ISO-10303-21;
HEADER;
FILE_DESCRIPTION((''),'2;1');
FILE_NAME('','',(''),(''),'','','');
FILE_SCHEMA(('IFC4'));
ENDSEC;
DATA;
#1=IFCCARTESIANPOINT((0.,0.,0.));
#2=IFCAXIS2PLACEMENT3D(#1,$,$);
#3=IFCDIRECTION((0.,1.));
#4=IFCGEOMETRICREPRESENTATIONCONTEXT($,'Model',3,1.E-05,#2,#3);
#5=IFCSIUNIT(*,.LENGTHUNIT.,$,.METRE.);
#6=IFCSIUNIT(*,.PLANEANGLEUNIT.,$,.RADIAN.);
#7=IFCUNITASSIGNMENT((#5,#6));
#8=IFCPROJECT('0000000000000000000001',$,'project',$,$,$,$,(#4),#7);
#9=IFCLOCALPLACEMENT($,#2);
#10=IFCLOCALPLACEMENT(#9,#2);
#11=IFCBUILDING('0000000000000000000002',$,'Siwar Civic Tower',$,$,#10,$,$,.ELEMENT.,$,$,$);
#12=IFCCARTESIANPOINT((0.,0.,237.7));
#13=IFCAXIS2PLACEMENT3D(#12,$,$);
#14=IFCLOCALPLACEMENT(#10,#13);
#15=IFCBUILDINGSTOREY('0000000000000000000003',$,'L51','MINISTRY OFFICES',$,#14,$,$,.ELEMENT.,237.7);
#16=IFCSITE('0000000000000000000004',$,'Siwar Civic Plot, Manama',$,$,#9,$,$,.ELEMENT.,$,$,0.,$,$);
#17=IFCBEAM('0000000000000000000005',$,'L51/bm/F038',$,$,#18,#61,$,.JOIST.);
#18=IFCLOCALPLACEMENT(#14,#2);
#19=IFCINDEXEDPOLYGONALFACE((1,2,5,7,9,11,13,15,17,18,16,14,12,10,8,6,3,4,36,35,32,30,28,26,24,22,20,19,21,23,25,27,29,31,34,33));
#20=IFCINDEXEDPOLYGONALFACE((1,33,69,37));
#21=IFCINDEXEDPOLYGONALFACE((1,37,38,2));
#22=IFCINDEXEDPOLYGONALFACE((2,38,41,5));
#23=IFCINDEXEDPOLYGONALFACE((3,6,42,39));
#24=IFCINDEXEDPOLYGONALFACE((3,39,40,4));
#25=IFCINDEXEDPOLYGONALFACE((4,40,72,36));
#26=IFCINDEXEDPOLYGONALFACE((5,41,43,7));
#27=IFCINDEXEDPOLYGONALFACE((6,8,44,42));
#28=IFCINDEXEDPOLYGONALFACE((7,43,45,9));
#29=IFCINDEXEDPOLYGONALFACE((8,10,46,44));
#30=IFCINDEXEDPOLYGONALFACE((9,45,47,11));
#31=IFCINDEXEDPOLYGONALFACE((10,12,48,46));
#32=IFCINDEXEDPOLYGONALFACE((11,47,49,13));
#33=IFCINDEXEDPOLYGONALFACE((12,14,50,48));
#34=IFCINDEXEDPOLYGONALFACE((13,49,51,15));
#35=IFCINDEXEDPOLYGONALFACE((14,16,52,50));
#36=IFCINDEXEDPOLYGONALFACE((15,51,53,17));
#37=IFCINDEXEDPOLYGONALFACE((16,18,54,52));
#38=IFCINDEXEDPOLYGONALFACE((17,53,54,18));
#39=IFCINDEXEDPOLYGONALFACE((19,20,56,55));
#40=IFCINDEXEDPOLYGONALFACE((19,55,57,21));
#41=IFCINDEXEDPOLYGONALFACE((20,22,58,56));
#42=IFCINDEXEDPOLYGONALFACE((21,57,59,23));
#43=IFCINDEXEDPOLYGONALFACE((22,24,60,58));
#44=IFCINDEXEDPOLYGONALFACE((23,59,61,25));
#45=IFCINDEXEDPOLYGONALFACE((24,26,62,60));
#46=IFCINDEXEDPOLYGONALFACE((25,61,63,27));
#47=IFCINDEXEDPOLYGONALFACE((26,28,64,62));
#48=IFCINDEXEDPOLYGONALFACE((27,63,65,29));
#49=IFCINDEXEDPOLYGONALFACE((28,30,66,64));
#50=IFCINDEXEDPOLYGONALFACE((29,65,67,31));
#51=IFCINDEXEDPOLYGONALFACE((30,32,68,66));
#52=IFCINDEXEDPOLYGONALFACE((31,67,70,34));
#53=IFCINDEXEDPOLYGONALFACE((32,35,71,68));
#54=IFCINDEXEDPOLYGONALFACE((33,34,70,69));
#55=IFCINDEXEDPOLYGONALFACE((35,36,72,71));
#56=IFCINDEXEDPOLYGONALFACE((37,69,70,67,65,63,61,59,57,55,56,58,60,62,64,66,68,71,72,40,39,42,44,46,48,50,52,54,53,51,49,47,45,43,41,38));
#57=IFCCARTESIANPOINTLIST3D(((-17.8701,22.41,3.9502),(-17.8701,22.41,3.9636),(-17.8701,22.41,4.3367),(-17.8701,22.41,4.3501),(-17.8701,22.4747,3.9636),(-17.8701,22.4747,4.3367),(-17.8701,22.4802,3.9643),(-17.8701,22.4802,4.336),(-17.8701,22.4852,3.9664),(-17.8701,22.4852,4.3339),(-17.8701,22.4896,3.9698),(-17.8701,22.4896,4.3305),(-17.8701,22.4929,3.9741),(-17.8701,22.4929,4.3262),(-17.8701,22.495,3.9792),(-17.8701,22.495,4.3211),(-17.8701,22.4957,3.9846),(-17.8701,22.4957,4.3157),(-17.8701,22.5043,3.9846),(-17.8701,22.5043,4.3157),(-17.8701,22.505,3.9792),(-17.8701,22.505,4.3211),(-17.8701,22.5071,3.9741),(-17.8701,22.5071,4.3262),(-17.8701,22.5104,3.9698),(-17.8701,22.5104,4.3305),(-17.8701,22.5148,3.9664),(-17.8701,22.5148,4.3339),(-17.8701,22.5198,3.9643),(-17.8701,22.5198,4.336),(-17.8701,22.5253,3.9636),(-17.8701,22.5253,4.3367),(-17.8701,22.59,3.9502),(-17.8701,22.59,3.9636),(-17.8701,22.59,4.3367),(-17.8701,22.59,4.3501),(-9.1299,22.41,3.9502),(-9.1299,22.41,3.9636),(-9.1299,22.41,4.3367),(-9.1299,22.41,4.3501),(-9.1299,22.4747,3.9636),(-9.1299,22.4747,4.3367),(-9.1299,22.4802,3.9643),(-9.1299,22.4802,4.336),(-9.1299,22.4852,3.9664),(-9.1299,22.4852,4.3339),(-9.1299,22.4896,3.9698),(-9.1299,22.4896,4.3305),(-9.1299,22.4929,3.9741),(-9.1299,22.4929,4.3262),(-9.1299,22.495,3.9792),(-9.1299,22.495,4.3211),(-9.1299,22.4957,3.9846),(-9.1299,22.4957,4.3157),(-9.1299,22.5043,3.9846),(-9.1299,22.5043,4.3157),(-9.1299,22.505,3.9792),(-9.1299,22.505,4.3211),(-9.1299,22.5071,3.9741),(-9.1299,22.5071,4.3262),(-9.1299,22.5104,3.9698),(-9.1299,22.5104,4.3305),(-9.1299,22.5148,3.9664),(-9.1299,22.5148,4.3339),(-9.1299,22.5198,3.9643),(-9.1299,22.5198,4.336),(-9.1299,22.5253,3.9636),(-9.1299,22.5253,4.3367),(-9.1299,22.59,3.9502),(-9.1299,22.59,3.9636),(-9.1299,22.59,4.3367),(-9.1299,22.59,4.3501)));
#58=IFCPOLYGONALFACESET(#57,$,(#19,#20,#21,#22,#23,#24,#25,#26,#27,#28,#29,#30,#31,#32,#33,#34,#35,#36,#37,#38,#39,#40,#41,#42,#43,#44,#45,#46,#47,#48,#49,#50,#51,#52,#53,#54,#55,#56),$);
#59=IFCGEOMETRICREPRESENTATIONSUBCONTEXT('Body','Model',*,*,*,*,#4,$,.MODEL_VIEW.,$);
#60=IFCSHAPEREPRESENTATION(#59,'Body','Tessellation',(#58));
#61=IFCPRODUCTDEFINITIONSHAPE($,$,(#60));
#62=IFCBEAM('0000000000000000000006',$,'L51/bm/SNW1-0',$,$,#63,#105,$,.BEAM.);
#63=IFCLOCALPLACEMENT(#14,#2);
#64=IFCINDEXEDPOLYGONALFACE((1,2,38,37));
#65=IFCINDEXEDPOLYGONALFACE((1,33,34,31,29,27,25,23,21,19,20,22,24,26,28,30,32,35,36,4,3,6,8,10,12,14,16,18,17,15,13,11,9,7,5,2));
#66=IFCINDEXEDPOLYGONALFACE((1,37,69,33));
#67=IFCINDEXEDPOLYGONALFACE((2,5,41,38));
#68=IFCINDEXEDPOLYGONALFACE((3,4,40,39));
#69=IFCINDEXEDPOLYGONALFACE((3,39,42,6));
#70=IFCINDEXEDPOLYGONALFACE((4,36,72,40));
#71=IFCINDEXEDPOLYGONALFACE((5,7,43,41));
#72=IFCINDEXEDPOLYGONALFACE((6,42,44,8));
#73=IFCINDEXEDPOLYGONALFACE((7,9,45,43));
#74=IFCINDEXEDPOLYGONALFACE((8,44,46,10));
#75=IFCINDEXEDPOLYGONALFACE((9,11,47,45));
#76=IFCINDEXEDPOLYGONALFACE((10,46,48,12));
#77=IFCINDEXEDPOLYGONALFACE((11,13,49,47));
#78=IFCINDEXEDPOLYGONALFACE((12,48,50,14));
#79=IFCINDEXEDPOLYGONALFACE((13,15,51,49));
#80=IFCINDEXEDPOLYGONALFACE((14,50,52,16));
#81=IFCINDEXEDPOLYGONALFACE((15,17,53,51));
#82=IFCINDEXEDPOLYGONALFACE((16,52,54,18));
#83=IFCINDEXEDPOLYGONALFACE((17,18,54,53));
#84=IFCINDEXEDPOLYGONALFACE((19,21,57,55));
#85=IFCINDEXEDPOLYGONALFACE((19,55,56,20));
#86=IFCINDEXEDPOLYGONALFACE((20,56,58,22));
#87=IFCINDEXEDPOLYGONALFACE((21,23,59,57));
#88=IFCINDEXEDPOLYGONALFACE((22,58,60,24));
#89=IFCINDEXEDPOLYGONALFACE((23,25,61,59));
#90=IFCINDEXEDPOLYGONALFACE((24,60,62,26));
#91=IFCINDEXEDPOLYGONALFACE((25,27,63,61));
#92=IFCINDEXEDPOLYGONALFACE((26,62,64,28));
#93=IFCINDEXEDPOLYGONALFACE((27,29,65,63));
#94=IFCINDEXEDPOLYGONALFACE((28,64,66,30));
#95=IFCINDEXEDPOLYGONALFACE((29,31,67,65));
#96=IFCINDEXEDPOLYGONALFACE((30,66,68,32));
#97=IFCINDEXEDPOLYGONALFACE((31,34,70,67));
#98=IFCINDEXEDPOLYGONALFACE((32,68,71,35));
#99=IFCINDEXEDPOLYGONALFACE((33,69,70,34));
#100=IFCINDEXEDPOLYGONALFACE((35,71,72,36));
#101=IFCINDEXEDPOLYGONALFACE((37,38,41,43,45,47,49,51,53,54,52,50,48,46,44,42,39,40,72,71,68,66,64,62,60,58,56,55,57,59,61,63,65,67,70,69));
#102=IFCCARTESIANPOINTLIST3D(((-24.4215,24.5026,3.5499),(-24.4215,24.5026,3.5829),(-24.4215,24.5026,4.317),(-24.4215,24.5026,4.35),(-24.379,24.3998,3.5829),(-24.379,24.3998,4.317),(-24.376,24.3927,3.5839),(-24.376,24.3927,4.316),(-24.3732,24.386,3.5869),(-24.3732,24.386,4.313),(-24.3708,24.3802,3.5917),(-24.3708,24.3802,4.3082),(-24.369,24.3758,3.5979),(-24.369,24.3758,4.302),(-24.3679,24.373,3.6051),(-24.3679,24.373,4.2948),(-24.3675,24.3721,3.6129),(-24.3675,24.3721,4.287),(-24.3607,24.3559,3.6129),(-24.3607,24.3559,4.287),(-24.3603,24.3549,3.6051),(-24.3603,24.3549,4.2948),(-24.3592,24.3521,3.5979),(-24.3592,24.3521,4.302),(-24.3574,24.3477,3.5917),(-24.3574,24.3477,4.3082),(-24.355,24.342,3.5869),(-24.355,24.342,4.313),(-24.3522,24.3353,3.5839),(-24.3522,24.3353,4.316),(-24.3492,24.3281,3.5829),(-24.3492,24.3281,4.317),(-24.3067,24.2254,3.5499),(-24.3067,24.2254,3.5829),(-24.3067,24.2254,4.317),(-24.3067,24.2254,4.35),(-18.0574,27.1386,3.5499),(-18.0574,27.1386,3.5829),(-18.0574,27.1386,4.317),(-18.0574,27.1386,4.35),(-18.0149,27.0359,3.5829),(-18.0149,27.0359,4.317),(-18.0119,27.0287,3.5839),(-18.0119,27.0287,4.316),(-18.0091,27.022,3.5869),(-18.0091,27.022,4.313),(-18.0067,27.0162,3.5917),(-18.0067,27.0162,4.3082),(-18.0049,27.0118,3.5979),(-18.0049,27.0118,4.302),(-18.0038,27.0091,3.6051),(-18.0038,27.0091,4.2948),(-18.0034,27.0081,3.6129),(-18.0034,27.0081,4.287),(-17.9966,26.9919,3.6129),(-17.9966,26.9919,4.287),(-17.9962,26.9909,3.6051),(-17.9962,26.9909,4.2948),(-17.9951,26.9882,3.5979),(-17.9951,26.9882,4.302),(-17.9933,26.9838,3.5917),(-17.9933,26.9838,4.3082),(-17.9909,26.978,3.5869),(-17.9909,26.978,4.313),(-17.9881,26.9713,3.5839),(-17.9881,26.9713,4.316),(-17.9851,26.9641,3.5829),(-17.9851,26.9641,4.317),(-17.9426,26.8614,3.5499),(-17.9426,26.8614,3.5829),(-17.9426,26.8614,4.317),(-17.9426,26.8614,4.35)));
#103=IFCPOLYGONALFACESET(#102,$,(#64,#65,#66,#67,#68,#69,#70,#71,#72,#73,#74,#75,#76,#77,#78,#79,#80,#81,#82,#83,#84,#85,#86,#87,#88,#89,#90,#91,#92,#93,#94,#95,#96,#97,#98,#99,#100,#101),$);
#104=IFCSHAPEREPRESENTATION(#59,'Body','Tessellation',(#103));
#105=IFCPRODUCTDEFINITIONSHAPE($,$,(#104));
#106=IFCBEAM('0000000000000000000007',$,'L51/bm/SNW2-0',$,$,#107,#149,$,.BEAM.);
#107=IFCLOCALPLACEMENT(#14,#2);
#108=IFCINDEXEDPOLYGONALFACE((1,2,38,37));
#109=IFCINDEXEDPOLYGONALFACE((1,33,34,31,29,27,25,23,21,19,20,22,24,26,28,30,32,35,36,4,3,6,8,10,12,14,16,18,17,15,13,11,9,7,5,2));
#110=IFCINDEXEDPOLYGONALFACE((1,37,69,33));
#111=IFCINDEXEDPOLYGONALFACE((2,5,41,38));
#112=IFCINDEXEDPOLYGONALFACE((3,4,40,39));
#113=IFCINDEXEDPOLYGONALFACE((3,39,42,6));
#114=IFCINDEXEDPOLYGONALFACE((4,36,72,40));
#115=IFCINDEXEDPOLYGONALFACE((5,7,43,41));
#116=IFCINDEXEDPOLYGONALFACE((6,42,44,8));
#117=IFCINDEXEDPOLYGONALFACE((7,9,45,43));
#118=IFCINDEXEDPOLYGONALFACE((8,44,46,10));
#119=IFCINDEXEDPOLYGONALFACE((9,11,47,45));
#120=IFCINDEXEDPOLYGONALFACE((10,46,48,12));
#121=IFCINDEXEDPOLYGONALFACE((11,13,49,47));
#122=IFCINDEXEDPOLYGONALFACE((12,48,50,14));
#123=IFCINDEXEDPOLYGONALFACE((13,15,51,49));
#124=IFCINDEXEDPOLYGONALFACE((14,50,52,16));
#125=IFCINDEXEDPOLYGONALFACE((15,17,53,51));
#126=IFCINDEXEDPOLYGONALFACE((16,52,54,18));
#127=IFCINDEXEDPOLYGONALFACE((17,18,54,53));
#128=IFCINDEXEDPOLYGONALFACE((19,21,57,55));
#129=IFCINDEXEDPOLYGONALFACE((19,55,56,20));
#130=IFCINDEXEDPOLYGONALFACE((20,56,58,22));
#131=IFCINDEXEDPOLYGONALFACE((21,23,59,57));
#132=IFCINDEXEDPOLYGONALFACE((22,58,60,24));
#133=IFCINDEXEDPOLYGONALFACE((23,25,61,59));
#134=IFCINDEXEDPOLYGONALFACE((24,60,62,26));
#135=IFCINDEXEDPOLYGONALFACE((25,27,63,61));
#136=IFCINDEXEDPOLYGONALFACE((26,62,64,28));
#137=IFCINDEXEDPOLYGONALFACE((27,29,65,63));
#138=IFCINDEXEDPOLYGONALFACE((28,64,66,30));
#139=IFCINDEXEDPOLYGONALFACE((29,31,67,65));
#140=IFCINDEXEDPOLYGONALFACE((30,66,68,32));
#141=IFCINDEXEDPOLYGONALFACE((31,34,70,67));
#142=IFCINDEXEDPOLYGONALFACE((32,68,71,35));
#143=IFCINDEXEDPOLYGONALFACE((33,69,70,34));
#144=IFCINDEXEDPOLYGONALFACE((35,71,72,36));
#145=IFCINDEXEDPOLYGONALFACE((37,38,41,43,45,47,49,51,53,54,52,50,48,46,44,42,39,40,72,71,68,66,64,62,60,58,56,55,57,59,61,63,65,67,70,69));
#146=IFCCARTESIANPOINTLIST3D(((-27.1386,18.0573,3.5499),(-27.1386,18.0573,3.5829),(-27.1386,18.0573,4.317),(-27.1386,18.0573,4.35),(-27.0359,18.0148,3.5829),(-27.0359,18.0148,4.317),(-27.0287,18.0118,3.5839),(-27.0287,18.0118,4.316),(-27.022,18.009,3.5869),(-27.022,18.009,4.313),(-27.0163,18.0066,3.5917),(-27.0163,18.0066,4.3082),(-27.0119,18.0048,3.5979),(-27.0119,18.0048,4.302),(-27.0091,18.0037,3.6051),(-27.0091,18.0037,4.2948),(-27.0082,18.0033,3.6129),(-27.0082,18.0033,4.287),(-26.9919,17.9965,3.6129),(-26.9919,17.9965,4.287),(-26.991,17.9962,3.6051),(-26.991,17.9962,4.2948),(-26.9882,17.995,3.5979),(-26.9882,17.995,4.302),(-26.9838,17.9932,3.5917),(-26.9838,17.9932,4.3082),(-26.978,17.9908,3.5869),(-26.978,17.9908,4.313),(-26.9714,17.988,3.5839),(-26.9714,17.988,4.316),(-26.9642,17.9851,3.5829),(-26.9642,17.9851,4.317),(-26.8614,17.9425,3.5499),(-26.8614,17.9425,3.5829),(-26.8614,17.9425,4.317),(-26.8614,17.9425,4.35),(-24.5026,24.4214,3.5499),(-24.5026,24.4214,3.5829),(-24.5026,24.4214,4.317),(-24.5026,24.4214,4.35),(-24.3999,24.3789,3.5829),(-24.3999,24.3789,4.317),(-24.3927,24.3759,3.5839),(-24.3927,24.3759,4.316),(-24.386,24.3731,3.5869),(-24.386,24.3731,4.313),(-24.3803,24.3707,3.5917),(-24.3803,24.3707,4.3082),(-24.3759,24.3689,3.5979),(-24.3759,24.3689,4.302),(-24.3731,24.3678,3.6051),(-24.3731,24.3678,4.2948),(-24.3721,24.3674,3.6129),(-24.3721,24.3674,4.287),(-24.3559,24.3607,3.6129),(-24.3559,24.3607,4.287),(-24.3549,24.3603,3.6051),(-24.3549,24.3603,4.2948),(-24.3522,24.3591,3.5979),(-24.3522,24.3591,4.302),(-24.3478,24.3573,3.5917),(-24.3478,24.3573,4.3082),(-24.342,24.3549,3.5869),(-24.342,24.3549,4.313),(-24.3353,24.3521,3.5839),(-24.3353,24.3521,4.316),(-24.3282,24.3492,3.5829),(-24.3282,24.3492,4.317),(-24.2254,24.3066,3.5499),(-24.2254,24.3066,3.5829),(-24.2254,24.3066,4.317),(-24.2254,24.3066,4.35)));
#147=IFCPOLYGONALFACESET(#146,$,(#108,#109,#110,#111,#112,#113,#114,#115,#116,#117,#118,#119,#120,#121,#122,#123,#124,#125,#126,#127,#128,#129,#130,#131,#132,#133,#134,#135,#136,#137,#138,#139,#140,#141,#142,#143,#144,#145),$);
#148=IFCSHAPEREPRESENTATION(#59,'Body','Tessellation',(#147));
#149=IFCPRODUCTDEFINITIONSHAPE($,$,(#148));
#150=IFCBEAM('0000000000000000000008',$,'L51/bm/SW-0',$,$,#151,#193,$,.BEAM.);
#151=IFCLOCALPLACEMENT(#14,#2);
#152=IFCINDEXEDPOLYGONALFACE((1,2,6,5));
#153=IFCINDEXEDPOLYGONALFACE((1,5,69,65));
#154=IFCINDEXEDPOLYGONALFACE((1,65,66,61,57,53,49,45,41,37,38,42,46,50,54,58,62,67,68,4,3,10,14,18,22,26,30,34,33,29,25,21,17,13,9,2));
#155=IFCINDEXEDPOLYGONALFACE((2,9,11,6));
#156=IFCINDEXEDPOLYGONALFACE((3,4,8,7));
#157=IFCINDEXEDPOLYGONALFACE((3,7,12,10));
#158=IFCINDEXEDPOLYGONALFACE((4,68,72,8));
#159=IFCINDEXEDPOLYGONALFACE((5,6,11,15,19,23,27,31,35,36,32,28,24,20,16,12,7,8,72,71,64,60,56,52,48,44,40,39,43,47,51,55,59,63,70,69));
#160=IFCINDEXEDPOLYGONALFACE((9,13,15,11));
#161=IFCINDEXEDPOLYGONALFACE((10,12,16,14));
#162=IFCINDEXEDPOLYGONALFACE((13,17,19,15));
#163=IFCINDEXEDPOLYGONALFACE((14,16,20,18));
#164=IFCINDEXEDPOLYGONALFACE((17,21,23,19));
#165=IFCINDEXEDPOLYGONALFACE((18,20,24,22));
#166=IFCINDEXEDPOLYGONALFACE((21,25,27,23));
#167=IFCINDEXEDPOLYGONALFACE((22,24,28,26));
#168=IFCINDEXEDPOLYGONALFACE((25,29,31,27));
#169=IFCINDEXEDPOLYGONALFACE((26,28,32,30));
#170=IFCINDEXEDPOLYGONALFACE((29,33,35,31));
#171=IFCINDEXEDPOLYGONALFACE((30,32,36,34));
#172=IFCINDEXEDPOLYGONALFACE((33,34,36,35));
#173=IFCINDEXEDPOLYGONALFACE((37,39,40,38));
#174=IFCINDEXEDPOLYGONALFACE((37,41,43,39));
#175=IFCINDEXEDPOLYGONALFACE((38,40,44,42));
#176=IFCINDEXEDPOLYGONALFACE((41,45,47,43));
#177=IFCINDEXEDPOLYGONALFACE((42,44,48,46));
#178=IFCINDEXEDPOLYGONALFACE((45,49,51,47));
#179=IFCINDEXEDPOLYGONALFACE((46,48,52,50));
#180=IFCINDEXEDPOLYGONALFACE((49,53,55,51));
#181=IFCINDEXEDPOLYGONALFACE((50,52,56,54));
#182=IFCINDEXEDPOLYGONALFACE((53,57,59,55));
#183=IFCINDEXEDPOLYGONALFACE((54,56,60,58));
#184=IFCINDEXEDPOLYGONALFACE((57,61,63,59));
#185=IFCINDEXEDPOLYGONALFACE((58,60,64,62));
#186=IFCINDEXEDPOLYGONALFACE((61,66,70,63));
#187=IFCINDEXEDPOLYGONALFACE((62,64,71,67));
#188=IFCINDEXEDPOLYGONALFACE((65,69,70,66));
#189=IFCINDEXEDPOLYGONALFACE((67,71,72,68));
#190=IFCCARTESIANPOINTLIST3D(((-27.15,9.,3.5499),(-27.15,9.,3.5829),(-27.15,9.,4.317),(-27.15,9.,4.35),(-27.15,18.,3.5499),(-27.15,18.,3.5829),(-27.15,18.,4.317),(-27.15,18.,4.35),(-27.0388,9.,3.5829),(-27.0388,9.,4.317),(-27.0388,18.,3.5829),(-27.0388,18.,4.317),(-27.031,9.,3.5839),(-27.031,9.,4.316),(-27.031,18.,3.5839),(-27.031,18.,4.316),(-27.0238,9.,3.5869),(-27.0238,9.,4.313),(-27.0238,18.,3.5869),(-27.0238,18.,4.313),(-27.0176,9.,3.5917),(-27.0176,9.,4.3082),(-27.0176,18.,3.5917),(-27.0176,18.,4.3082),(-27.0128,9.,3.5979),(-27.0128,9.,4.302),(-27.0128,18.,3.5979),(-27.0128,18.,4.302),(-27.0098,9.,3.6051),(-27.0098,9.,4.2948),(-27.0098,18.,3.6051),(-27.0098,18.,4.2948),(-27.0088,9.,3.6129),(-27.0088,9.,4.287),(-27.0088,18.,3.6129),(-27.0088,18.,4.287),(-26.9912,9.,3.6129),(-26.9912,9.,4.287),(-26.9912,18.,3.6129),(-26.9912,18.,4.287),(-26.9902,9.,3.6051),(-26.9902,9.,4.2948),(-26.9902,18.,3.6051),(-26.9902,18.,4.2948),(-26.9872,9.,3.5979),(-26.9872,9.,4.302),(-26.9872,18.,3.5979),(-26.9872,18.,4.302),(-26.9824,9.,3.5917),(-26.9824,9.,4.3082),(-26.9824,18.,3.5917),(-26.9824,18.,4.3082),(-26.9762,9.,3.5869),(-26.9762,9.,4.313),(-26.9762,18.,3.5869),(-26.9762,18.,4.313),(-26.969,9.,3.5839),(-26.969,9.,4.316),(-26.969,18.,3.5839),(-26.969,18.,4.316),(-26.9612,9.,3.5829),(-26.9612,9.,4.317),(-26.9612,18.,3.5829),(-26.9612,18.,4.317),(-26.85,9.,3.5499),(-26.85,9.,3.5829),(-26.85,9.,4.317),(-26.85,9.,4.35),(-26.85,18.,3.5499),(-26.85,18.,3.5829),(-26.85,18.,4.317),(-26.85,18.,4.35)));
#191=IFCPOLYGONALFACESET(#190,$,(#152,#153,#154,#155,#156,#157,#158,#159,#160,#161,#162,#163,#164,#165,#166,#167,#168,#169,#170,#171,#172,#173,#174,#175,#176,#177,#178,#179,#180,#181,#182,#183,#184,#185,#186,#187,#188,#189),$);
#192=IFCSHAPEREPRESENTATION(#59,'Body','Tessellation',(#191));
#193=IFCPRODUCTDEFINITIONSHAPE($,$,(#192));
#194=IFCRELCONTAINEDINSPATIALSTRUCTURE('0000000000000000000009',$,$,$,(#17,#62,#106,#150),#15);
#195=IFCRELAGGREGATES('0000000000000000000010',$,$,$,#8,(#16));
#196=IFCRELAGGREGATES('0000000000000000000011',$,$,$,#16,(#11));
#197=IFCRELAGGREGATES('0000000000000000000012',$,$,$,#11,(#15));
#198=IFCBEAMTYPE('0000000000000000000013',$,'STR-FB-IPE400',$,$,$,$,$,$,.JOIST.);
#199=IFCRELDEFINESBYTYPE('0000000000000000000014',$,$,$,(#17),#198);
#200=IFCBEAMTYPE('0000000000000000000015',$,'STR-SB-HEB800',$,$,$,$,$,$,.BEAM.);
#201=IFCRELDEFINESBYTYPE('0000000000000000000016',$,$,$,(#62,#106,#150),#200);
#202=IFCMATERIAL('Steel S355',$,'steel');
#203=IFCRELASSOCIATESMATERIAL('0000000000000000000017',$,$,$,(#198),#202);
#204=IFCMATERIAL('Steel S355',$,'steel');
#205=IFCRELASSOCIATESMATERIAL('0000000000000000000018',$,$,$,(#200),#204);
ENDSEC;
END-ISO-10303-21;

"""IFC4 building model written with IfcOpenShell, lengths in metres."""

from ifc_helpers import new_model, si_unit, direction, frame, origin, origin_2d, place, context, subcontext, project, spatial, i_section, extrude, material, material_profile, profile_set, type_object, element, save


model = new_model("IFC4")

# Units and contexts
model_context = context("Model", 3, precision=1e-05, world=origin(), true_north=direction((0.0, 1.0)))
body_context = subcontext(model_context, "Body", "Model", "MODEL_VIEW")
ifc_project = project(units=[si_unit("LENGTHUNIT", "METRE"), si_unit("PLANEANGLEUNIT", "RADIAN")], contexts=[model_context])

# Site, building, storey
site_placement = place(None, origin())
site = spatial("IfcSite", under=ifc_project, at=site_placement, Name="Siwar Civic Plot, Manama", CompositionType="ELEMENT", RefElevation=0.0)
building_placement = place(site_placement, origin())
building = spatial("IfcBuilding", under=site, at=building_placement, Name="Siwar Civic Tower", CompositionType="ELEMENT")
storey_placement = place(building_placement, frame((0.0, 0.0, 237.7)))
storey = spatial("IfcBuildingStorey", under=building, at=storey_placement, Name="L51", Description="MINISTRY OFFICES", CompositionType="ELEMENT", Elevation=237.7)

# Beams
ifc_material_1 = material(Name="Steel S355", Category="steel")
ifc_material_profile_1 = material_profile(ifc_material_1, i_section(OverallWidth=0.1799, OverallDepth=0.3999, WebThickness=0.0085, FlangeThickness=0.0134, FilletRadius=0.021, at=origin_2d()), Name="IPE400")
ifc_profile_set_1 = profile_set([ifc_material_profile_1], Name="Steel S355")
beam_type_1 = type_object("IfcBeamType", Name="STR-FB-IPE400", PredefinedType="JOIST", material=ifc_profile_set_1)
beam_1_placement = place(storey_placement, frame((-17.8701, 22.5, 4.1501), z_axis=(1.0, 0.0, 0.0), x_axis=(0.0, 1.0, 0.0)))
element("IfcBeam", 1, at=beam_1_placement, inside=storey, type_object=beam_type_1, Name="L51/bm/F038", PredefinedType="JOIST", context=body_context, shape_type="SweptSolid", body=[
    extrude(i_section(OverallWidth=0.1799, OverallDepth=0.3999, WebThickness=0.0085, FlangeThickness=0.0134, FilletRadius=0.021, at=origin_2d()), origin(), (0.0, 0.0, 1.0), 8.7402),
])
ifc_material_2 = material(Name="Steel S355", Category="steel")
ifc_material_profile_2 = material_profile(ifc_material_2, i_section(OverallWidth=0.3, OverallDepth=0.8, WebThickness=0.0176, FlangeThickness=0.033, FilletRadius=0.03, at=origin_2d()), Name="HEB800")
ifc_profile_set_2 = profile_set([ifc_material_profile_2], Name="Steel S355")
beam_type_2 = type_object("IfcBeamType", Name="STR-SB-HEB800", PredefinedType="BEAM", material=ifc_profile_set_2)
for number, where, z_axis, x_axis, name in (
    (2, (-18.0, 27.0, 3.95), (-0.923883, -0.382674, 0.0), (0.382674, -0.923883, 0.0), "L51/bm/SNW1-0"),
    (3, (-24.364, 24.364, 3.95), (-0.382674, -0.923883, 0.0), (0.923883, -0.382674, 0.0), "L51/bm/SNW2-0"),
):
    element("IfcBeam", number, at=place(storey_placement, frame(where, z_axis=z_axis, x_axis=x_axis)), inside=storey, type_object=beam_type_2, Name=name, PredefinedType="BEAM", context=body_context, shape_type="SweptSolid", body=[
        extrude(i_section(OverallWidth=0.3, OverallDepth=0.8, WebThickness=0.0176, FlangeThickness=0.033, FilletRadius=0.03, at=origin_2d()), origin(), (0.0, 0.0, 1.0), 6.8884),
    ])
beam_2_placement = place(storey_placement, frame((-27.0, 18.0, 3.95), z_axis=(0.0, -1.0, 0.0), x_axis=(1.0, 0.0, 0.0)))
element("IfcBeam", 4, at=beam_2_placement, inside=storey, type_object=beam_type_2, Name="L51/bm/SW-0", PredefinedType="BEAM", context=body_context, shape_type="SweptSolid", body=[
    extrude(i_section(OverallWidth=0.3, OverallDepth=0.8, WebThickness=0.0176, FlangeThickness=0.033, FilletRadius=0.03, at=origin_2d()), origin(), (0.0, 0.0, 1.0), 9.0),
])

save(model, "model.ifc")
